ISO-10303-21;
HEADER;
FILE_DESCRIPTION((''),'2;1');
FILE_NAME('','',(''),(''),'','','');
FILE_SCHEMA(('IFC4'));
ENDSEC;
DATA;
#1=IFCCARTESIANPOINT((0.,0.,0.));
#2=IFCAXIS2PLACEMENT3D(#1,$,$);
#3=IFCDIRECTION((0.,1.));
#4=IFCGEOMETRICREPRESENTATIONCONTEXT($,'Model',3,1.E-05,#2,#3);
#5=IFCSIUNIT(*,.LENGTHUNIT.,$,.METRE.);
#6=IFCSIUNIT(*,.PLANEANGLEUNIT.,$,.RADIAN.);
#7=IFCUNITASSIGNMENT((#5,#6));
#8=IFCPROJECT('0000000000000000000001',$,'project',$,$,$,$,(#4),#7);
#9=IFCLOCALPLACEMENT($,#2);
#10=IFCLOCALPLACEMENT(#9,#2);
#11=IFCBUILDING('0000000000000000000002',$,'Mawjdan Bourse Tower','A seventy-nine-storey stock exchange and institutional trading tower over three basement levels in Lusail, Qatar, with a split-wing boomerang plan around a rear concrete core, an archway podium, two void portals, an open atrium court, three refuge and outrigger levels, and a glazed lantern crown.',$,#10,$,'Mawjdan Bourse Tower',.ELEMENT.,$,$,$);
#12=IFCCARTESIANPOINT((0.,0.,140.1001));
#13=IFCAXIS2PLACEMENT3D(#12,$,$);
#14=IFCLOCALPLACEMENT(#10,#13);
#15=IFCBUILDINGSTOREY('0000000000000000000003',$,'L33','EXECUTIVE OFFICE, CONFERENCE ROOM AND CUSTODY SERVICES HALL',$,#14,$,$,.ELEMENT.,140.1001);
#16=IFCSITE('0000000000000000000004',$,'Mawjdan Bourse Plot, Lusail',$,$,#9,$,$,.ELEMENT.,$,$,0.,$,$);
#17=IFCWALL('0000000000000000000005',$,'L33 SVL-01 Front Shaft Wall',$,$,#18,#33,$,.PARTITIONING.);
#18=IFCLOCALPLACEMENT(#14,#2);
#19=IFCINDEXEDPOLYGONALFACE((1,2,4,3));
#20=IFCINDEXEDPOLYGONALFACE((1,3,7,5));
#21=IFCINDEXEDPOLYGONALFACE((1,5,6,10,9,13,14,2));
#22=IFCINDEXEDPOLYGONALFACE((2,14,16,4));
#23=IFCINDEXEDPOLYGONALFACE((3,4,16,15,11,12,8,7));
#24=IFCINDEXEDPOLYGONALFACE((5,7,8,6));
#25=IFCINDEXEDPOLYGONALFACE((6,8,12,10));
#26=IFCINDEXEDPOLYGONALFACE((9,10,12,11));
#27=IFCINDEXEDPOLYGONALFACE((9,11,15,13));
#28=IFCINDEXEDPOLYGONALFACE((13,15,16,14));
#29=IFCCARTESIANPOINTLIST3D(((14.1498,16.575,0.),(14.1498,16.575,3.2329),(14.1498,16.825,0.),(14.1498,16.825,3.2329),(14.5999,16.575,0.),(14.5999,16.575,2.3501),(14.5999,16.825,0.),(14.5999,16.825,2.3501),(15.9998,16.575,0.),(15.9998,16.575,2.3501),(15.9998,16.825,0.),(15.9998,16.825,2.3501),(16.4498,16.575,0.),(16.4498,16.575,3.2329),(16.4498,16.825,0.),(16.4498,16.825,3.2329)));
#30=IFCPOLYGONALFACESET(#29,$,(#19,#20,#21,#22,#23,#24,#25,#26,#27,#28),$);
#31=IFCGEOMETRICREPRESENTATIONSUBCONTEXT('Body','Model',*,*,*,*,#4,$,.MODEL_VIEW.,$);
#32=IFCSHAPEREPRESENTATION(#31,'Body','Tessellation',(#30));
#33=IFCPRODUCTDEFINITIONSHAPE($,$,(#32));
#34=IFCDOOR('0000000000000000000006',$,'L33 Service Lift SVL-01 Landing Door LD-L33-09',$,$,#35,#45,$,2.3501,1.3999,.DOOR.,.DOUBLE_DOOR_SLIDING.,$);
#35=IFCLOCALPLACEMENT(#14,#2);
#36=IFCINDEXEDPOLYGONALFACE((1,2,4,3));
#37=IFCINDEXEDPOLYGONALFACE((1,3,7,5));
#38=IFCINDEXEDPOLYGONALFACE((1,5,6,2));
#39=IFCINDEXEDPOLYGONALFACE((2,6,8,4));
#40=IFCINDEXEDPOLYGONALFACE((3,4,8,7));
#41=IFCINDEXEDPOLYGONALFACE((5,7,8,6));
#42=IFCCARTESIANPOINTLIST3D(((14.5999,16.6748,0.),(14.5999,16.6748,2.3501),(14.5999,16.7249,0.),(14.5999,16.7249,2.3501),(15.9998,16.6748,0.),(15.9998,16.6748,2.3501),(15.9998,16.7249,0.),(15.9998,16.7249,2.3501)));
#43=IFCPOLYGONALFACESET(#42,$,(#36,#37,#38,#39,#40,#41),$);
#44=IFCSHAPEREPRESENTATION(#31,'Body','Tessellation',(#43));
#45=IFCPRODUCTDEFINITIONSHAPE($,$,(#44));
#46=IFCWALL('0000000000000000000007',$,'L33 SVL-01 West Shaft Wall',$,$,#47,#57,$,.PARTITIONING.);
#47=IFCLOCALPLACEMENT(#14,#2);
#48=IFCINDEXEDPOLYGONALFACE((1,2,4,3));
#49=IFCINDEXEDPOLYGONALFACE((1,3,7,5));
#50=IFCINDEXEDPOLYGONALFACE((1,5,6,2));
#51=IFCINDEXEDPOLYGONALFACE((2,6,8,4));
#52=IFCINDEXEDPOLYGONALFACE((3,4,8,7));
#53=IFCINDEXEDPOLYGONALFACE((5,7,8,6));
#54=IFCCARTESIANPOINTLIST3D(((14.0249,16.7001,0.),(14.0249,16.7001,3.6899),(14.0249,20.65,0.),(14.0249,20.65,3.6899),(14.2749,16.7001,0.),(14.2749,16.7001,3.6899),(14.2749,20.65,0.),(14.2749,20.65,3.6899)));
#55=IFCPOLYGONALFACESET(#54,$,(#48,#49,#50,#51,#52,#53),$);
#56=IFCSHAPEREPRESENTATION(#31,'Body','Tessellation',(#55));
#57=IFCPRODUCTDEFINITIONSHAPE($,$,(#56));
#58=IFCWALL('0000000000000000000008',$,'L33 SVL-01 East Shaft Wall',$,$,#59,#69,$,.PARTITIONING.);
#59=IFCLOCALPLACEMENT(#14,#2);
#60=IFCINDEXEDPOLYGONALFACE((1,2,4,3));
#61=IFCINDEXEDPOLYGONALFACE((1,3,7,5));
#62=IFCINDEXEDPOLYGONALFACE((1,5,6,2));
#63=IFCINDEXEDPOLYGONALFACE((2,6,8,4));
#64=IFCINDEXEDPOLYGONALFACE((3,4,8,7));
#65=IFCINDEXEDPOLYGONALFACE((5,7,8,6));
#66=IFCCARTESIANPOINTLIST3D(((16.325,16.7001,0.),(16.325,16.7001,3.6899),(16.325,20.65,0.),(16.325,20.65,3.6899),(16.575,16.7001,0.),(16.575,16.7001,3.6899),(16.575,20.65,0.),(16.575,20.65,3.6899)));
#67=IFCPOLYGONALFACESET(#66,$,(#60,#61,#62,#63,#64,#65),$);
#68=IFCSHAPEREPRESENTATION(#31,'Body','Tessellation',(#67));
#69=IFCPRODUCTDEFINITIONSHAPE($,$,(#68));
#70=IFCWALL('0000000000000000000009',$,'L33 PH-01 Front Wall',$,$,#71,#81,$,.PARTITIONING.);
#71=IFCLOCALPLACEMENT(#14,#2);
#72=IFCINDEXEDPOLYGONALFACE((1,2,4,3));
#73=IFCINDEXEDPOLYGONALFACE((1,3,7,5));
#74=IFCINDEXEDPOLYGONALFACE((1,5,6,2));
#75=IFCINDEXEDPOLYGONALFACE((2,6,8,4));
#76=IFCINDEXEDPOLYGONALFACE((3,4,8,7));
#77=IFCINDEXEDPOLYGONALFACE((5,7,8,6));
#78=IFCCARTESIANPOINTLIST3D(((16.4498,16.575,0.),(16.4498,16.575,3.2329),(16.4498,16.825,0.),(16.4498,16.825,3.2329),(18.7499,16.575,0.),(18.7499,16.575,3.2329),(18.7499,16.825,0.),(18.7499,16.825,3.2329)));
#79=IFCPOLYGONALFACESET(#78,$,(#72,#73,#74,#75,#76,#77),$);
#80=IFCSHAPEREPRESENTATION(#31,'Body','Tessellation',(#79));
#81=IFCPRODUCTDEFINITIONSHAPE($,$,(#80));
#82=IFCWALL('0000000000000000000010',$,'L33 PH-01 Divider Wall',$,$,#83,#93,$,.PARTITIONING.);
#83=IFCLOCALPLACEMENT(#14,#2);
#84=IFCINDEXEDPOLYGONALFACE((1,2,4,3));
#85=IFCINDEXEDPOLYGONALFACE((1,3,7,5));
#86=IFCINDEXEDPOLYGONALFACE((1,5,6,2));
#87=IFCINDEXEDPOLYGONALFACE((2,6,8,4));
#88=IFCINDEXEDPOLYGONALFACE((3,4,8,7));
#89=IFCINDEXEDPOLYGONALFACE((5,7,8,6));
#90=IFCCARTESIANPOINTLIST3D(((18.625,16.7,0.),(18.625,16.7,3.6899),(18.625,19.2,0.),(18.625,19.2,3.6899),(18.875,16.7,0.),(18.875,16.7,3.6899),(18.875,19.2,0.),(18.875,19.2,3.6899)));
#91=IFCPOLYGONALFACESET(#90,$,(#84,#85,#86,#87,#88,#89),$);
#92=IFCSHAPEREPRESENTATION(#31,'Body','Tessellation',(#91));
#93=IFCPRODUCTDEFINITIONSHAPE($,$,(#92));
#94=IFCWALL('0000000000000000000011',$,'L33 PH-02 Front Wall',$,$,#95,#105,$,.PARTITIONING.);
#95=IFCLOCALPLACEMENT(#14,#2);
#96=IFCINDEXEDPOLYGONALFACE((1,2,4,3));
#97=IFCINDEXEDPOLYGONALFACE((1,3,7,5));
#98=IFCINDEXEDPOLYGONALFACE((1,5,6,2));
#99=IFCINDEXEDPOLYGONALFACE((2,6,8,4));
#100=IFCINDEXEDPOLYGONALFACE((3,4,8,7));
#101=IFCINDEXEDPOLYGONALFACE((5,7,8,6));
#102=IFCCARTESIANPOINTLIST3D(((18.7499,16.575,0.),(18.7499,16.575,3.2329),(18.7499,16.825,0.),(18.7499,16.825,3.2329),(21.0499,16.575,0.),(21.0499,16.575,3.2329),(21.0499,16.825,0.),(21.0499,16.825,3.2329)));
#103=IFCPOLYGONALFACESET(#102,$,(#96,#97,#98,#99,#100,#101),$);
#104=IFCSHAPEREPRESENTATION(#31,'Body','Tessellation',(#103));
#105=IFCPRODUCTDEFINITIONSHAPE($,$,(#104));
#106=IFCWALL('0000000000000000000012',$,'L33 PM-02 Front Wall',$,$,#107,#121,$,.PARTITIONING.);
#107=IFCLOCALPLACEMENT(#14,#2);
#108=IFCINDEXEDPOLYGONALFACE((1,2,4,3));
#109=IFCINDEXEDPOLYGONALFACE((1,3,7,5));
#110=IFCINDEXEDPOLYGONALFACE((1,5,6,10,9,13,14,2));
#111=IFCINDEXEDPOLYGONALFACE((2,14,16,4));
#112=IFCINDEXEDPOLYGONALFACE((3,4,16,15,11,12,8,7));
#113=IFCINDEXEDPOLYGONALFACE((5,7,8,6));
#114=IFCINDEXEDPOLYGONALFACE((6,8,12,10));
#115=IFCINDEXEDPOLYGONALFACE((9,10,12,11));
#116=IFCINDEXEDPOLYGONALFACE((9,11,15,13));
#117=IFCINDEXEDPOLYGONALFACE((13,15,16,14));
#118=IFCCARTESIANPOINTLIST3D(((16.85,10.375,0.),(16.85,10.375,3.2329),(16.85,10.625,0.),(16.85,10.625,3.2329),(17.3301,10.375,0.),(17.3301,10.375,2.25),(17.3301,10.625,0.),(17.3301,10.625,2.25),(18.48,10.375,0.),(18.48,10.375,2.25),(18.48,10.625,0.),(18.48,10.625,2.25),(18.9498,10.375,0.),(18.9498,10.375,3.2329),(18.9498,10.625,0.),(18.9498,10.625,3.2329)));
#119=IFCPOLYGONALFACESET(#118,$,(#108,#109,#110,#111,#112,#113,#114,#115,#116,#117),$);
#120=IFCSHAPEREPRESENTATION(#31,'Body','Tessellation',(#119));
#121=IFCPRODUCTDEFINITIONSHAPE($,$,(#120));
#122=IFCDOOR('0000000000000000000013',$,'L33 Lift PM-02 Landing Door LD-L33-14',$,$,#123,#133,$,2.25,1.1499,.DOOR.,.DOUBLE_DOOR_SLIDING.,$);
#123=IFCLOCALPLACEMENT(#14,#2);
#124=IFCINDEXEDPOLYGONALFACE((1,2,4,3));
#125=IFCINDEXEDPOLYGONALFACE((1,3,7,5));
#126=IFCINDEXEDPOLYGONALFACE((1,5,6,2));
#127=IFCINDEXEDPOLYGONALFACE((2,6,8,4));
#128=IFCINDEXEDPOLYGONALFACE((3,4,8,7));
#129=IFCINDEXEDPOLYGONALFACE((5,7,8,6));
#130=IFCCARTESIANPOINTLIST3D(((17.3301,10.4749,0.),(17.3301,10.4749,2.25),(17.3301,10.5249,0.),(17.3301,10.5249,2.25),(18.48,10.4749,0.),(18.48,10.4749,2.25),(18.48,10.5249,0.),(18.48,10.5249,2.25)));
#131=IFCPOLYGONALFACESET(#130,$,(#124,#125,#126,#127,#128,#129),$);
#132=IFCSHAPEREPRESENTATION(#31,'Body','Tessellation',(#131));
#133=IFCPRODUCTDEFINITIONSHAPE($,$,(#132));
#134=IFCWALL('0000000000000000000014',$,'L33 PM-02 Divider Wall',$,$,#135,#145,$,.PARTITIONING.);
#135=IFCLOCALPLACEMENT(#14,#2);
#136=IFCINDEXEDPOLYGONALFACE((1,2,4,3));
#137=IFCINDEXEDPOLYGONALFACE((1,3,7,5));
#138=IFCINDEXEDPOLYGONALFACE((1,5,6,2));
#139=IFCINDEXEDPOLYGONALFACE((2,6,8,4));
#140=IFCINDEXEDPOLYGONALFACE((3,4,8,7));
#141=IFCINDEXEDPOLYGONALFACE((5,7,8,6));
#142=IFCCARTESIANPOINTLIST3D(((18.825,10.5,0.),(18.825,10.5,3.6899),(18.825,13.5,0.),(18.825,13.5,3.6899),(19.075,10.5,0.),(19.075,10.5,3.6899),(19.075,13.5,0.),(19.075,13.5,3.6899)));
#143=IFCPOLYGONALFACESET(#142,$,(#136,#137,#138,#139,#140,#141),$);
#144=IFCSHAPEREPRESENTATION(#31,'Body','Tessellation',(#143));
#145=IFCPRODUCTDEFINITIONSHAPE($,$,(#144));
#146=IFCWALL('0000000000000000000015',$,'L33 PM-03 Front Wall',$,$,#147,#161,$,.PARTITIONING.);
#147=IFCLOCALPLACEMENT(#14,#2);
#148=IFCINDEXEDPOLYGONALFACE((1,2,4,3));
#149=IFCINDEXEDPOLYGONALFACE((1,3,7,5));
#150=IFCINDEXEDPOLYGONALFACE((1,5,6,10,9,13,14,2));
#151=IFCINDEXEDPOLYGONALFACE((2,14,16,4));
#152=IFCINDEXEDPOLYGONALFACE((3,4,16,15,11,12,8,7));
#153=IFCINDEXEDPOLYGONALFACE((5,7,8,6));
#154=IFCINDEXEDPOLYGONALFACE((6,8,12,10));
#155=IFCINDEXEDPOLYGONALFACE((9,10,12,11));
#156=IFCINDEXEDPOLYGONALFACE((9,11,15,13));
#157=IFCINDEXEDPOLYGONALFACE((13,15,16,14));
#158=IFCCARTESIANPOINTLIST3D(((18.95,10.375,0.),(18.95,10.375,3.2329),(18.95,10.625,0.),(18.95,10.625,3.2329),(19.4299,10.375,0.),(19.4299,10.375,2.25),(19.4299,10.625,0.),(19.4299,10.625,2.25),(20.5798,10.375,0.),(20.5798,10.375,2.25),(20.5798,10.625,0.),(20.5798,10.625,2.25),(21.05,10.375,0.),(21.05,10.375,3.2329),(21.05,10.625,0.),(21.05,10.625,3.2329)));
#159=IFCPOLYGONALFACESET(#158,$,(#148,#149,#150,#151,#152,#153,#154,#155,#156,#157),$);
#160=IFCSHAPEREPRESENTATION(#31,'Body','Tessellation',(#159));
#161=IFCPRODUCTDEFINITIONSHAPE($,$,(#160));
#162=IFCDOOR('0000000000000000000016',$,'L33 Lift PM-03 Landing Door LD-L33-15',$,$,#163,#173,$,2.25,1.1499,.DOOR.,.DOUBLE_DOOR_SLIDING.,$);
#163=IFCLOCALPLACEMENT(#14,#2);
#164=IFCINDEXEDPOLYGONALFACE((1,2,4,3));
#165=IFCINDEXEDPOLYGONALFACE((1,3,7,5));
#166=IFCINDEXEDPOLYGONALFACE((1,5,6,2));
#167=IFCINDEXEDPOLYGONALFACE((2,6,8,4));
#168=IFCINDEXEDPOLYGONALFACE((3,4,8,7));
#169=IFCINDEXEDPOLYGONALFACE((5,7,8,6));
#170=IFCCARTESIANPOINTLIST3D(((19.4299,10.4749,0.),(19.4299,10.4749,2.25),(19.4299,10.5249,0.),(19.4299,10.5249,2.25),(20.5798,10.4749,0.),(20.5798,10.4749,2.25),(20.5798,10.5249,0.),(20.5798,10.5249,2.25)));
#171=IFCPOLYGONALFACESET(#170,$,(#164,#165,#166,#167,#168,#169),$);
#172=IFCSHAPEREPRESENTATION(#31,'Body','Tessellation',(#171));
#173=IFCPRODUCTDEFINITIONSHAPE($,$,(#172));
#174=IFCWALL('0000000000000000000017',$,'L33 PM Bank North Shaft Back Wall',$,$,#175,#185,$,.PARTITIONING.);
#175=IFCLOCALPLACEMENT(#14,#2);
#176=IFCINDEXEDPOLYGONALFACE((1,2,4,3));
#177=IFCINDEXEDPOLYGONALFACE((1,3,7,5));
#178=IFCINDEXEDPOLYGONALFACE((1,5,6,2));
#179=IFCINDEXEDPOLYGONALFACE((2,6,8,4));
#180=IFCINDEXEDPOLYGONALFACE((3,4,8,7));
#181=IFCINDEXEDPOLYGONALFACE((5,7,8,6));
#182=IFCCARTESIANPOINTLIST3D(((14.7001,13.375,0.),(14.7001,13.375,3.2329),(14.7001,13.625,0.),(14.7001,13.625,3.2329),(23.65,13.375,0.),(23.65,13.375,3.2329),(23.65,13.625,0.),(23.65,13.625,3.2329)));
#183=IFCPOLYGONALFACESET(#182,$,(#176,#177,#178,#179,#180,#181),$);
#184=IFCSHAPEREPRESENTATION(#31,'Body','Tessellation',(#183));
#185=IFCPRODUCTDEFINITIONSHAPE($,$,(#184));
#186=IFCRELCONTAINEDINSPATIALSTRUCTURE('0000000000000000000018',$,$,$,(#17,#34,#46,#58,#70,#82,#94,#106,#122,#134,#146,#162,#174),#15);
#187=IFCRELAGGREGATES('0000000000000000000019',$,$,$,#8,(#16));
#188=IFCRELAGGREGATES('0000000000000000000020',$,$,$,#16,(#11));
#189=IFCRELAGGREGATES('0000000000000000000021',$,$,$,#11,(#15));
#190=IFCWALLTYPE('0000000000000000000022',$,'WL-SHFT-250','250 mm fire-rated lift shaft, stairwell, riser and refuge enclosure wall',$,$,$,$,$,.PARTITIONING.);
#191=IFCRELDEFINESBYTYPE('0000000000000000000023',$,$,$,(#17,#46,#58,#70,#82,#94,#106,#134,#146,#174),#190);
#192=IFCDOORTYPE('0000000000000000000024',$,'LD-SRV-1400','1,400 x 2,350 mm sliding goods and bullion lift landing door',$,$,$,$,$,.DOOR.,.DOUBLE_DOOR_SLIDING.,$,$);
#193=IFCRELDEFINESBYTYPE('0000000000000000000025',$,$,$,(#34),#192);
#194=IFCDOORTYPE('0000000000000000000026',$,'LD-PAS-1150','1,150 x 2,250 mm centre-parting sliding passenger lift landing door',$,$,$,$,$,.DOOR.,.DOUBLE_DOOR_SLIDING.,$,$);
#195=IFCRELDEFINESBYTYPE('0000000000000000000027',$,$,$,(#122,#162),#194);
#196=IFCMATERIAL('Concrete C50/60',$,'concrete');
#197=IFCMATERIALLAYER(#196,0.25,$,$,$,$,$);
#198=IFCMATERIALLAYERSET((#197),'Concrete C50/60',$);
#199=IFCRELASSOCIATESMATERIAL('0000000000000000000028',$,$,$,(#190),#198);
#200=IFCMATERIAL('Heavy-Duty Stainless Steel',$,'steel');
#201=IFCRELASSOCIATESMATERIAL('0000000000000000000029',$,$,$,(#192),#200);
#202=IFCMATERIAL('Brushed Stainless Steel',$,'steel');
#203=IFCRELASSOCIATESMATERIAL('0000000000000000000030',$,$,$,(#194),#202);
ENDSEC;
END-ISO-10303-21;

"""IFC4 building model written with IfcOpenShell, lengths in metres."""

from ifc_helpers import new_model, si_unit, direction, frame, frame_2d, origin, place, context, subcontext, project, spatial, rectangle, extrude, material, layer, layer_set, type_object, element, fill, save


model = new_model("IFC4")

# Units and contexts
model_context = context("Model", 3, precision=1e-05, world=origin(), true_north=direction((0.0, 1.0)))
body_context = subcontext(model_context, "Body", "Model", "MODEL_VIEW")
ifc_project = project(units=[si_unit("LENGTHUNIT", "METRE"), si_unit("PLANEANGLEUNIT", "RADIAN")], contexts=[model_context])

# Site, building, storey
site_placement = place(None, origin())
site = spatial("IfcSite", under=ifc_project, at=site_placement, Name="Mawjdan Bourse Plot, Lusail", CompositionType="ELEMENT", RefElevation=0.0)
building_placement = place(site_placement, origin())
building = spatial("IfcBuilding", under=site, at=building_placement, Name="Mawjdan Bourse Tower", Description="A seventy-nine-storey stock exchange and institutional trading tower over three basement levels in Lusail, Qatar, with a split-wing boomerang plan around a rear concrete core, an archway podium, two void portals, an open atrium court, three refuge and outrigger levels, and a glazed lantern crown.", LongName="Mawjdan Bourse Tower", CompositionType="ELEMENT")
storey_placement = place(building_placement, frame((0.0, 0.0, 140.1001)))
storey = spatial("IfcBuildingStorey", under=building, at=storey_placement, Name="L33", Description="EXECUTIVE OFFICE, CONFERENCE ROOM AND CUSTODY SERVICES HALL", CompositionType="ELEMENT", Elevation=140.1001)

# Shared definitions
ifc_material_1 = material(Name="Concrete C50/60", Category="concrete")
ifc_layer_1 = layer(ifc_material_1, 0.25)
ifc_layer_set_1 = layer_set([ifc_layer_1], Name="Concrete C50/60")
wall_type_1 = type_object("IfcWallType", Name="WL-SHFT-250", Description="250 mm fire-rated lift shaft, stairwell, riser and refuge enclosure wall", PredefinedType="PARTITIONING", material=ifc_layer_set_1)

# Wall, opening, door
wall_1_placement = place(storey_placement, frame((14.1499, 16.7, 0.0), z_axis=(0.0, 0.0, 1.0), x_axis=(1.0, 0.0, 0.0)))
wall_1 = element("IfcWall", 1, at=wall_1_placement, inside=storey, type_object=wall_type_1, Name="L33 SVL-01 Front Shaft Wall", PredefinedType="PARTITIONING", context=body_context, shape_type="SweptSolid", body=[
    extrude(rectangle(XDim=2.3, YDim=0.25, at=frame_2d((1.1499, 0.0))), origin(), (0.0, 0.0, 1.0), 3.2329),
])
opening_1_placement = place(wall_1_placement, frame((0.45, 0.0, 0.0)))
opening_1 = element("IfcOpeningElement", 2, at=opening_1_placement, cuts=wall_1, PredefinedType="OPENING", context=body_context, shape_type="SweptSolid", body=[
    extrude(rectangle(XDim=1.3999, YDim=2.3501, at=frame_2d((0.7, 1.175))), frame((0.0, 0.135, 0.0), z_axis=(0.0, -1.0, 0.0), x_axis=(1.0, 0.0, 0.0)), (0.0, 0.0, 1.0), 0.27),
])
ifc_material_2 = material(Name="Heavy-Duty Stainless Steel", Category="steel")
door_type_1 = type_object("IfcDoorType", Name="LD-SRV-1400", Description="1,400 x 2,350 mm sliding goods and bullion lift landing door", OperationType="DOUBLE_DOOR_SLIDING", PredefinedType="DOOR", material=ifc_material_2)
door_1_placement = place(opening_1_placement, origin())
door_1 = element("IfcDoor", 3, at=door_1_placement, inside=storey, type_object=door_type_1, Name="L33 Service Lift SVL-01 Landing Door LD-L33-09", OperationType="DOUBLE_DOOR_SLIDING", OverallHeight=2.3501, OverallWidth=1.3999, PredefinedType="DOOR", context=body_context, shape_type="SweptSolid", body=[
    extrude(rectangle(XDim=1.3999, YDim=2.3501, at=frame_2d((0.7, 1.175))), frame((0.0, 0.0249, 0.0), z_axis=(0.0, -1.0, 0.0), x_axis=(1.0, 0.0, 0.0)), (0.0, 0.0, 1.0), 0.05),
])
fill(opening_1, door_1)

# Walls
for number, where, z_axis, x_axis, name in (
    (4, (14.1499, 16.7, 0.0), (0.0, 0.0, 1.0), (0.0, 1.0, 0.0), "L33 SVL-01 West Shaft Wall"),
    (5, (16.45, 16.7, 0.0), (0.0, 0.0, 1.0), (0.0, 1.0, 0.0), "L33 SVL-01 East Shaft Wall"),
):
    element("IfcWall", number, at=place(storey_placement, frame(where, z_axis=z_axis, x_axis=x_axis)), inside=storey, type_object=wall_type_1, Name=name, PredefinedType="PARTITIONING", context=body_context, shape_type="SweptSolid", body=[
        extrude(rectangle(XDim=3.95, YDim=0.25, at=frame_2d((1.9751, 0.0))), origin(), (0.0, 0.0, 1.0), 3.6899),
    ])
wall_2_placement = place(storey_placement, frame((16.45, 16.7, 0.0), z_axis=(0.0, 0.0, 1.0), x_axis=(1.0, 0.0, 0.0)))
element("IfcWall", 6, at=wall_2_placement, inside=storey, type_object=wall_type_1, Name="L33 PH-01 Front Wall", PredefinedType="PARTITIONING", context=body_context, shape_type="SweptSolid", body=[
    extrude(rectangle(XDim=2.3, YDim=0.25, at=frame_2d((1.1499, 0.0))), origin(), (0.0, 0.0, 1.0), 3.2329),
])
wall_3_placement = place(storey_placement, frame((18.75, 16.7, 0.0), z_axis=(0.0, 0.0, 1.0), x_axis=(0.0, 1.0, 0.0)))
element("IfcWall", 7, at=wall_3_placement, inside=storey, type_object=wall_type_1, Name="L33 PH-01 Divider Wall", PredefinedType="PARTITIONING", context=body_context, shape_type="SweptSolid", body=[
    extrude(rectangle(XDim=2.5, YDim=0.25, at=frame_2d((1.25, 0.0))), origin(), (0.0, 0.0, 1.0), 3.6899),
])
wall_4_placement = place(storey_placement, frame((18.75, 16.7, 0.0), z_axis=(0.0, 0.0, 1.0), x_axis=(1.0, 0.0, 0.0)))
element("IfcWall", 8, at=wall_4_placement, inside=storey, type_object=wall_type_1, Name="L33 PH-02 Front Wall", PredefinedType="PARTITIONING", context=body_context, shape_type="SweptSolid", body=[
    extrude(rectangle(XDim=2.3, YDim=0.25, at=frame_2d((1.1499, 0.0))), origin(), (0.0, 0.0, 1.0), 3.2329),
])

# Wall, opening, door
wall_5_placement = place(storey_placement, frame((16.8501, 10.5, 0.0), z_axis=(0.0, 0.0, 1.0), x_axis=(1.0, 0.0, 0.0)))
wall_5 = element("IfcWall", 9, at=wall_5_placement, inside=storey, type_object=wall_type_1, Name="L33 PM-02 Front Wall", PredefinedType="PARTITIONING", context=body_context, shape_type="SweptSolid", body=[
    extrude(rectangle(XDim=2.0999, YDim=0.25, at=frame_2d((1.0498, 0.0))), origin(), (0.0, 0.0, 1.0), 3.2329),
])
opening_2_placement = place(wall_5_placement, frame((0.48, 0.0, 0.0)))
opening_2 = element("IfcOpeningElement", 10, at=opening_2_placement, cuts=wall_5, PredefinedType="OPENING", context=body_context, shape_type="SweptSolid", body=[
    extrude(rectangle(XDim=1.1499, YDim=2.25, at=frame_2d((0.575, 1.125))), frame((0.0, 0.135, 0.0), z_axis=(0.0, -1.0, 0.0), x_axis=(1.0, 0.0, 0.0)), (0.0, 0.0, 1.0), 0.27),
])
ifc_material_3 = material(Name="Brushed Stainless Steel", Category="steel")
door_type_2 = type_object("IfcDoorType", Name="LD-PAS-1150", Description="1,150 x 2,250 mm centre-parting sliding passenger lift landing door", OperationType="DOUBLE_DOOR_SLIDING", PredefinedType="DOOR", material=ifc_material_3)
door_2_placement = place(opening_2_placement, origin())
door_2 = element("IfcDoor", 11, at=door_2_placement, inside=storey, type_object=door_type_2, Name="L33 Lift PM-02 Landing Door LD-L33-14", OperationType="DOUBLE_DOOR_SLIDING", OverallHeight=2.25, OverallWidth=1.1499, PredefinedType="DOOR", context=body_context, shape_type="SweptSolid", body=[
    extrude(rectangle(XDim=1.1499, YDim=2.25, at=frame_2d((0.575, 1.125))), frame((0.0, 0.0249, 0.0), z_axis=(0.0, -1.0, 0.0), x_axis=(1.0, 0.0, 0.0)), (0.0, 0.0, 1.0), 0.05),
])
fill(opening_2, door_2)

# Wall
wall_6_placement = place(storey_placement, frame((18.95, 10.5, 0.0), z_axis=(0.0, 0.0, 1.0), x_axis=(0.0, 1.0, 0.0)))
element("IfcWall", 12, at=wall_6_placement, inside=storey, type_object=wall_type_1, Name="L33 PM-02 Divider Wall", PredefinedType="PARTITIONING", context=body_context, shape_type="SweptSolid", body=[
    extrude(rectangle(XDim=3.0, YDim=0.25, at=frame_2d((1.5, 0.0))), origin(), (0.0, 0.0, 1.0), 3.6899),
])

# Wall, opening, door
wall_7_placement = place(storey_placement, frame((18.95, 10.5, 0.0), z_axis=(0.0, 0.0, 1.0), x_axis=(1.0, 0.0, 0.0)))
wall_7 = element("IfcWall", 13, at=wall_7_placement, inside=storey, type_object=wall_type_1, Name="L33 PM-03 Front Wall", PredefinedType="PARTITIONING", context=body_context, shape_type="SweptSolid", body=[
    extrude(rectangle(XDim=2.1001, YDim=0.25, at=frame_2d((1.05, 0.0))), origin(), (0.0, 0.0, 1.0), 3.2329),
])
opening_3_placement = place(wall_7_placement, frame((0.48, 0.0, 0.0)))
opening_3 = element("IfcOpeningElement", 14, at=opening_3_placement, cuts=wall_7, PredefinedType="OPENING", context=body_context, shape_type="SweptSolid", body=[
    extrude(rectangle(XDim=1.1499, YDim=2.25, at=frame_2d((0.575, 1.125))), frame((0.0, 0.135, 0.0), z_axis=(0.0, -1.0, 0.0), x_axis=(1.0, 0.0, 0.0)), (0.0, 0.0, 1.0), 0.27),
])
door_3_placement = place(opening_3_placement, origin())
door_3 = element("IfcDoor", 15, at=door_3_placement, inside=storey, type_object=door_type_2, Name="L33 Lift PM-03 Landing Door LD-L33-15", OperationType="DOUBLE_DOOR_SLIDING", OverallHeight=2.25, OverallWidth=1.1499, PredefinedType="DOOR", context=body_context, shape_type="SweptSolid", body=[
    extrude(rectangle(XDim=1.1499, YDim=2.25, at=frame_2d((0.575, 1.125))), frame((0.0, 0.0249, 0.0), z_axis=(0.0, -1.0, 0.0), x_axis=(1.0, 0.0, 0.0)), (0.0, 0.0, 1.0), 0.05),
])
fill(opening_3, door_3)

# Wall
wall_8_placement = place(storey_placement, frame((14.7, 13.5, 0.0), z_axis=(0.0, 0.0, 1.0), x_axis=(1.0, 0.0, 0.0)))
element("IfcWall", 16, at=wall_8_placement, inside=storey, type_object=wall_type_1, Name="L33 PM Bank North Shaft Back Wall", PredefinedType="PARTITIONING", context=body_context, shape_type="SweptSolid", body=[
    extrude(rectangle(XDim=8.95, YDim=0.25, at=frame_2d((4.4751, 0.0))), origin(), (0.0, 0.0, 1.0), 3.2329),
])

save(model, "model.ifc")
